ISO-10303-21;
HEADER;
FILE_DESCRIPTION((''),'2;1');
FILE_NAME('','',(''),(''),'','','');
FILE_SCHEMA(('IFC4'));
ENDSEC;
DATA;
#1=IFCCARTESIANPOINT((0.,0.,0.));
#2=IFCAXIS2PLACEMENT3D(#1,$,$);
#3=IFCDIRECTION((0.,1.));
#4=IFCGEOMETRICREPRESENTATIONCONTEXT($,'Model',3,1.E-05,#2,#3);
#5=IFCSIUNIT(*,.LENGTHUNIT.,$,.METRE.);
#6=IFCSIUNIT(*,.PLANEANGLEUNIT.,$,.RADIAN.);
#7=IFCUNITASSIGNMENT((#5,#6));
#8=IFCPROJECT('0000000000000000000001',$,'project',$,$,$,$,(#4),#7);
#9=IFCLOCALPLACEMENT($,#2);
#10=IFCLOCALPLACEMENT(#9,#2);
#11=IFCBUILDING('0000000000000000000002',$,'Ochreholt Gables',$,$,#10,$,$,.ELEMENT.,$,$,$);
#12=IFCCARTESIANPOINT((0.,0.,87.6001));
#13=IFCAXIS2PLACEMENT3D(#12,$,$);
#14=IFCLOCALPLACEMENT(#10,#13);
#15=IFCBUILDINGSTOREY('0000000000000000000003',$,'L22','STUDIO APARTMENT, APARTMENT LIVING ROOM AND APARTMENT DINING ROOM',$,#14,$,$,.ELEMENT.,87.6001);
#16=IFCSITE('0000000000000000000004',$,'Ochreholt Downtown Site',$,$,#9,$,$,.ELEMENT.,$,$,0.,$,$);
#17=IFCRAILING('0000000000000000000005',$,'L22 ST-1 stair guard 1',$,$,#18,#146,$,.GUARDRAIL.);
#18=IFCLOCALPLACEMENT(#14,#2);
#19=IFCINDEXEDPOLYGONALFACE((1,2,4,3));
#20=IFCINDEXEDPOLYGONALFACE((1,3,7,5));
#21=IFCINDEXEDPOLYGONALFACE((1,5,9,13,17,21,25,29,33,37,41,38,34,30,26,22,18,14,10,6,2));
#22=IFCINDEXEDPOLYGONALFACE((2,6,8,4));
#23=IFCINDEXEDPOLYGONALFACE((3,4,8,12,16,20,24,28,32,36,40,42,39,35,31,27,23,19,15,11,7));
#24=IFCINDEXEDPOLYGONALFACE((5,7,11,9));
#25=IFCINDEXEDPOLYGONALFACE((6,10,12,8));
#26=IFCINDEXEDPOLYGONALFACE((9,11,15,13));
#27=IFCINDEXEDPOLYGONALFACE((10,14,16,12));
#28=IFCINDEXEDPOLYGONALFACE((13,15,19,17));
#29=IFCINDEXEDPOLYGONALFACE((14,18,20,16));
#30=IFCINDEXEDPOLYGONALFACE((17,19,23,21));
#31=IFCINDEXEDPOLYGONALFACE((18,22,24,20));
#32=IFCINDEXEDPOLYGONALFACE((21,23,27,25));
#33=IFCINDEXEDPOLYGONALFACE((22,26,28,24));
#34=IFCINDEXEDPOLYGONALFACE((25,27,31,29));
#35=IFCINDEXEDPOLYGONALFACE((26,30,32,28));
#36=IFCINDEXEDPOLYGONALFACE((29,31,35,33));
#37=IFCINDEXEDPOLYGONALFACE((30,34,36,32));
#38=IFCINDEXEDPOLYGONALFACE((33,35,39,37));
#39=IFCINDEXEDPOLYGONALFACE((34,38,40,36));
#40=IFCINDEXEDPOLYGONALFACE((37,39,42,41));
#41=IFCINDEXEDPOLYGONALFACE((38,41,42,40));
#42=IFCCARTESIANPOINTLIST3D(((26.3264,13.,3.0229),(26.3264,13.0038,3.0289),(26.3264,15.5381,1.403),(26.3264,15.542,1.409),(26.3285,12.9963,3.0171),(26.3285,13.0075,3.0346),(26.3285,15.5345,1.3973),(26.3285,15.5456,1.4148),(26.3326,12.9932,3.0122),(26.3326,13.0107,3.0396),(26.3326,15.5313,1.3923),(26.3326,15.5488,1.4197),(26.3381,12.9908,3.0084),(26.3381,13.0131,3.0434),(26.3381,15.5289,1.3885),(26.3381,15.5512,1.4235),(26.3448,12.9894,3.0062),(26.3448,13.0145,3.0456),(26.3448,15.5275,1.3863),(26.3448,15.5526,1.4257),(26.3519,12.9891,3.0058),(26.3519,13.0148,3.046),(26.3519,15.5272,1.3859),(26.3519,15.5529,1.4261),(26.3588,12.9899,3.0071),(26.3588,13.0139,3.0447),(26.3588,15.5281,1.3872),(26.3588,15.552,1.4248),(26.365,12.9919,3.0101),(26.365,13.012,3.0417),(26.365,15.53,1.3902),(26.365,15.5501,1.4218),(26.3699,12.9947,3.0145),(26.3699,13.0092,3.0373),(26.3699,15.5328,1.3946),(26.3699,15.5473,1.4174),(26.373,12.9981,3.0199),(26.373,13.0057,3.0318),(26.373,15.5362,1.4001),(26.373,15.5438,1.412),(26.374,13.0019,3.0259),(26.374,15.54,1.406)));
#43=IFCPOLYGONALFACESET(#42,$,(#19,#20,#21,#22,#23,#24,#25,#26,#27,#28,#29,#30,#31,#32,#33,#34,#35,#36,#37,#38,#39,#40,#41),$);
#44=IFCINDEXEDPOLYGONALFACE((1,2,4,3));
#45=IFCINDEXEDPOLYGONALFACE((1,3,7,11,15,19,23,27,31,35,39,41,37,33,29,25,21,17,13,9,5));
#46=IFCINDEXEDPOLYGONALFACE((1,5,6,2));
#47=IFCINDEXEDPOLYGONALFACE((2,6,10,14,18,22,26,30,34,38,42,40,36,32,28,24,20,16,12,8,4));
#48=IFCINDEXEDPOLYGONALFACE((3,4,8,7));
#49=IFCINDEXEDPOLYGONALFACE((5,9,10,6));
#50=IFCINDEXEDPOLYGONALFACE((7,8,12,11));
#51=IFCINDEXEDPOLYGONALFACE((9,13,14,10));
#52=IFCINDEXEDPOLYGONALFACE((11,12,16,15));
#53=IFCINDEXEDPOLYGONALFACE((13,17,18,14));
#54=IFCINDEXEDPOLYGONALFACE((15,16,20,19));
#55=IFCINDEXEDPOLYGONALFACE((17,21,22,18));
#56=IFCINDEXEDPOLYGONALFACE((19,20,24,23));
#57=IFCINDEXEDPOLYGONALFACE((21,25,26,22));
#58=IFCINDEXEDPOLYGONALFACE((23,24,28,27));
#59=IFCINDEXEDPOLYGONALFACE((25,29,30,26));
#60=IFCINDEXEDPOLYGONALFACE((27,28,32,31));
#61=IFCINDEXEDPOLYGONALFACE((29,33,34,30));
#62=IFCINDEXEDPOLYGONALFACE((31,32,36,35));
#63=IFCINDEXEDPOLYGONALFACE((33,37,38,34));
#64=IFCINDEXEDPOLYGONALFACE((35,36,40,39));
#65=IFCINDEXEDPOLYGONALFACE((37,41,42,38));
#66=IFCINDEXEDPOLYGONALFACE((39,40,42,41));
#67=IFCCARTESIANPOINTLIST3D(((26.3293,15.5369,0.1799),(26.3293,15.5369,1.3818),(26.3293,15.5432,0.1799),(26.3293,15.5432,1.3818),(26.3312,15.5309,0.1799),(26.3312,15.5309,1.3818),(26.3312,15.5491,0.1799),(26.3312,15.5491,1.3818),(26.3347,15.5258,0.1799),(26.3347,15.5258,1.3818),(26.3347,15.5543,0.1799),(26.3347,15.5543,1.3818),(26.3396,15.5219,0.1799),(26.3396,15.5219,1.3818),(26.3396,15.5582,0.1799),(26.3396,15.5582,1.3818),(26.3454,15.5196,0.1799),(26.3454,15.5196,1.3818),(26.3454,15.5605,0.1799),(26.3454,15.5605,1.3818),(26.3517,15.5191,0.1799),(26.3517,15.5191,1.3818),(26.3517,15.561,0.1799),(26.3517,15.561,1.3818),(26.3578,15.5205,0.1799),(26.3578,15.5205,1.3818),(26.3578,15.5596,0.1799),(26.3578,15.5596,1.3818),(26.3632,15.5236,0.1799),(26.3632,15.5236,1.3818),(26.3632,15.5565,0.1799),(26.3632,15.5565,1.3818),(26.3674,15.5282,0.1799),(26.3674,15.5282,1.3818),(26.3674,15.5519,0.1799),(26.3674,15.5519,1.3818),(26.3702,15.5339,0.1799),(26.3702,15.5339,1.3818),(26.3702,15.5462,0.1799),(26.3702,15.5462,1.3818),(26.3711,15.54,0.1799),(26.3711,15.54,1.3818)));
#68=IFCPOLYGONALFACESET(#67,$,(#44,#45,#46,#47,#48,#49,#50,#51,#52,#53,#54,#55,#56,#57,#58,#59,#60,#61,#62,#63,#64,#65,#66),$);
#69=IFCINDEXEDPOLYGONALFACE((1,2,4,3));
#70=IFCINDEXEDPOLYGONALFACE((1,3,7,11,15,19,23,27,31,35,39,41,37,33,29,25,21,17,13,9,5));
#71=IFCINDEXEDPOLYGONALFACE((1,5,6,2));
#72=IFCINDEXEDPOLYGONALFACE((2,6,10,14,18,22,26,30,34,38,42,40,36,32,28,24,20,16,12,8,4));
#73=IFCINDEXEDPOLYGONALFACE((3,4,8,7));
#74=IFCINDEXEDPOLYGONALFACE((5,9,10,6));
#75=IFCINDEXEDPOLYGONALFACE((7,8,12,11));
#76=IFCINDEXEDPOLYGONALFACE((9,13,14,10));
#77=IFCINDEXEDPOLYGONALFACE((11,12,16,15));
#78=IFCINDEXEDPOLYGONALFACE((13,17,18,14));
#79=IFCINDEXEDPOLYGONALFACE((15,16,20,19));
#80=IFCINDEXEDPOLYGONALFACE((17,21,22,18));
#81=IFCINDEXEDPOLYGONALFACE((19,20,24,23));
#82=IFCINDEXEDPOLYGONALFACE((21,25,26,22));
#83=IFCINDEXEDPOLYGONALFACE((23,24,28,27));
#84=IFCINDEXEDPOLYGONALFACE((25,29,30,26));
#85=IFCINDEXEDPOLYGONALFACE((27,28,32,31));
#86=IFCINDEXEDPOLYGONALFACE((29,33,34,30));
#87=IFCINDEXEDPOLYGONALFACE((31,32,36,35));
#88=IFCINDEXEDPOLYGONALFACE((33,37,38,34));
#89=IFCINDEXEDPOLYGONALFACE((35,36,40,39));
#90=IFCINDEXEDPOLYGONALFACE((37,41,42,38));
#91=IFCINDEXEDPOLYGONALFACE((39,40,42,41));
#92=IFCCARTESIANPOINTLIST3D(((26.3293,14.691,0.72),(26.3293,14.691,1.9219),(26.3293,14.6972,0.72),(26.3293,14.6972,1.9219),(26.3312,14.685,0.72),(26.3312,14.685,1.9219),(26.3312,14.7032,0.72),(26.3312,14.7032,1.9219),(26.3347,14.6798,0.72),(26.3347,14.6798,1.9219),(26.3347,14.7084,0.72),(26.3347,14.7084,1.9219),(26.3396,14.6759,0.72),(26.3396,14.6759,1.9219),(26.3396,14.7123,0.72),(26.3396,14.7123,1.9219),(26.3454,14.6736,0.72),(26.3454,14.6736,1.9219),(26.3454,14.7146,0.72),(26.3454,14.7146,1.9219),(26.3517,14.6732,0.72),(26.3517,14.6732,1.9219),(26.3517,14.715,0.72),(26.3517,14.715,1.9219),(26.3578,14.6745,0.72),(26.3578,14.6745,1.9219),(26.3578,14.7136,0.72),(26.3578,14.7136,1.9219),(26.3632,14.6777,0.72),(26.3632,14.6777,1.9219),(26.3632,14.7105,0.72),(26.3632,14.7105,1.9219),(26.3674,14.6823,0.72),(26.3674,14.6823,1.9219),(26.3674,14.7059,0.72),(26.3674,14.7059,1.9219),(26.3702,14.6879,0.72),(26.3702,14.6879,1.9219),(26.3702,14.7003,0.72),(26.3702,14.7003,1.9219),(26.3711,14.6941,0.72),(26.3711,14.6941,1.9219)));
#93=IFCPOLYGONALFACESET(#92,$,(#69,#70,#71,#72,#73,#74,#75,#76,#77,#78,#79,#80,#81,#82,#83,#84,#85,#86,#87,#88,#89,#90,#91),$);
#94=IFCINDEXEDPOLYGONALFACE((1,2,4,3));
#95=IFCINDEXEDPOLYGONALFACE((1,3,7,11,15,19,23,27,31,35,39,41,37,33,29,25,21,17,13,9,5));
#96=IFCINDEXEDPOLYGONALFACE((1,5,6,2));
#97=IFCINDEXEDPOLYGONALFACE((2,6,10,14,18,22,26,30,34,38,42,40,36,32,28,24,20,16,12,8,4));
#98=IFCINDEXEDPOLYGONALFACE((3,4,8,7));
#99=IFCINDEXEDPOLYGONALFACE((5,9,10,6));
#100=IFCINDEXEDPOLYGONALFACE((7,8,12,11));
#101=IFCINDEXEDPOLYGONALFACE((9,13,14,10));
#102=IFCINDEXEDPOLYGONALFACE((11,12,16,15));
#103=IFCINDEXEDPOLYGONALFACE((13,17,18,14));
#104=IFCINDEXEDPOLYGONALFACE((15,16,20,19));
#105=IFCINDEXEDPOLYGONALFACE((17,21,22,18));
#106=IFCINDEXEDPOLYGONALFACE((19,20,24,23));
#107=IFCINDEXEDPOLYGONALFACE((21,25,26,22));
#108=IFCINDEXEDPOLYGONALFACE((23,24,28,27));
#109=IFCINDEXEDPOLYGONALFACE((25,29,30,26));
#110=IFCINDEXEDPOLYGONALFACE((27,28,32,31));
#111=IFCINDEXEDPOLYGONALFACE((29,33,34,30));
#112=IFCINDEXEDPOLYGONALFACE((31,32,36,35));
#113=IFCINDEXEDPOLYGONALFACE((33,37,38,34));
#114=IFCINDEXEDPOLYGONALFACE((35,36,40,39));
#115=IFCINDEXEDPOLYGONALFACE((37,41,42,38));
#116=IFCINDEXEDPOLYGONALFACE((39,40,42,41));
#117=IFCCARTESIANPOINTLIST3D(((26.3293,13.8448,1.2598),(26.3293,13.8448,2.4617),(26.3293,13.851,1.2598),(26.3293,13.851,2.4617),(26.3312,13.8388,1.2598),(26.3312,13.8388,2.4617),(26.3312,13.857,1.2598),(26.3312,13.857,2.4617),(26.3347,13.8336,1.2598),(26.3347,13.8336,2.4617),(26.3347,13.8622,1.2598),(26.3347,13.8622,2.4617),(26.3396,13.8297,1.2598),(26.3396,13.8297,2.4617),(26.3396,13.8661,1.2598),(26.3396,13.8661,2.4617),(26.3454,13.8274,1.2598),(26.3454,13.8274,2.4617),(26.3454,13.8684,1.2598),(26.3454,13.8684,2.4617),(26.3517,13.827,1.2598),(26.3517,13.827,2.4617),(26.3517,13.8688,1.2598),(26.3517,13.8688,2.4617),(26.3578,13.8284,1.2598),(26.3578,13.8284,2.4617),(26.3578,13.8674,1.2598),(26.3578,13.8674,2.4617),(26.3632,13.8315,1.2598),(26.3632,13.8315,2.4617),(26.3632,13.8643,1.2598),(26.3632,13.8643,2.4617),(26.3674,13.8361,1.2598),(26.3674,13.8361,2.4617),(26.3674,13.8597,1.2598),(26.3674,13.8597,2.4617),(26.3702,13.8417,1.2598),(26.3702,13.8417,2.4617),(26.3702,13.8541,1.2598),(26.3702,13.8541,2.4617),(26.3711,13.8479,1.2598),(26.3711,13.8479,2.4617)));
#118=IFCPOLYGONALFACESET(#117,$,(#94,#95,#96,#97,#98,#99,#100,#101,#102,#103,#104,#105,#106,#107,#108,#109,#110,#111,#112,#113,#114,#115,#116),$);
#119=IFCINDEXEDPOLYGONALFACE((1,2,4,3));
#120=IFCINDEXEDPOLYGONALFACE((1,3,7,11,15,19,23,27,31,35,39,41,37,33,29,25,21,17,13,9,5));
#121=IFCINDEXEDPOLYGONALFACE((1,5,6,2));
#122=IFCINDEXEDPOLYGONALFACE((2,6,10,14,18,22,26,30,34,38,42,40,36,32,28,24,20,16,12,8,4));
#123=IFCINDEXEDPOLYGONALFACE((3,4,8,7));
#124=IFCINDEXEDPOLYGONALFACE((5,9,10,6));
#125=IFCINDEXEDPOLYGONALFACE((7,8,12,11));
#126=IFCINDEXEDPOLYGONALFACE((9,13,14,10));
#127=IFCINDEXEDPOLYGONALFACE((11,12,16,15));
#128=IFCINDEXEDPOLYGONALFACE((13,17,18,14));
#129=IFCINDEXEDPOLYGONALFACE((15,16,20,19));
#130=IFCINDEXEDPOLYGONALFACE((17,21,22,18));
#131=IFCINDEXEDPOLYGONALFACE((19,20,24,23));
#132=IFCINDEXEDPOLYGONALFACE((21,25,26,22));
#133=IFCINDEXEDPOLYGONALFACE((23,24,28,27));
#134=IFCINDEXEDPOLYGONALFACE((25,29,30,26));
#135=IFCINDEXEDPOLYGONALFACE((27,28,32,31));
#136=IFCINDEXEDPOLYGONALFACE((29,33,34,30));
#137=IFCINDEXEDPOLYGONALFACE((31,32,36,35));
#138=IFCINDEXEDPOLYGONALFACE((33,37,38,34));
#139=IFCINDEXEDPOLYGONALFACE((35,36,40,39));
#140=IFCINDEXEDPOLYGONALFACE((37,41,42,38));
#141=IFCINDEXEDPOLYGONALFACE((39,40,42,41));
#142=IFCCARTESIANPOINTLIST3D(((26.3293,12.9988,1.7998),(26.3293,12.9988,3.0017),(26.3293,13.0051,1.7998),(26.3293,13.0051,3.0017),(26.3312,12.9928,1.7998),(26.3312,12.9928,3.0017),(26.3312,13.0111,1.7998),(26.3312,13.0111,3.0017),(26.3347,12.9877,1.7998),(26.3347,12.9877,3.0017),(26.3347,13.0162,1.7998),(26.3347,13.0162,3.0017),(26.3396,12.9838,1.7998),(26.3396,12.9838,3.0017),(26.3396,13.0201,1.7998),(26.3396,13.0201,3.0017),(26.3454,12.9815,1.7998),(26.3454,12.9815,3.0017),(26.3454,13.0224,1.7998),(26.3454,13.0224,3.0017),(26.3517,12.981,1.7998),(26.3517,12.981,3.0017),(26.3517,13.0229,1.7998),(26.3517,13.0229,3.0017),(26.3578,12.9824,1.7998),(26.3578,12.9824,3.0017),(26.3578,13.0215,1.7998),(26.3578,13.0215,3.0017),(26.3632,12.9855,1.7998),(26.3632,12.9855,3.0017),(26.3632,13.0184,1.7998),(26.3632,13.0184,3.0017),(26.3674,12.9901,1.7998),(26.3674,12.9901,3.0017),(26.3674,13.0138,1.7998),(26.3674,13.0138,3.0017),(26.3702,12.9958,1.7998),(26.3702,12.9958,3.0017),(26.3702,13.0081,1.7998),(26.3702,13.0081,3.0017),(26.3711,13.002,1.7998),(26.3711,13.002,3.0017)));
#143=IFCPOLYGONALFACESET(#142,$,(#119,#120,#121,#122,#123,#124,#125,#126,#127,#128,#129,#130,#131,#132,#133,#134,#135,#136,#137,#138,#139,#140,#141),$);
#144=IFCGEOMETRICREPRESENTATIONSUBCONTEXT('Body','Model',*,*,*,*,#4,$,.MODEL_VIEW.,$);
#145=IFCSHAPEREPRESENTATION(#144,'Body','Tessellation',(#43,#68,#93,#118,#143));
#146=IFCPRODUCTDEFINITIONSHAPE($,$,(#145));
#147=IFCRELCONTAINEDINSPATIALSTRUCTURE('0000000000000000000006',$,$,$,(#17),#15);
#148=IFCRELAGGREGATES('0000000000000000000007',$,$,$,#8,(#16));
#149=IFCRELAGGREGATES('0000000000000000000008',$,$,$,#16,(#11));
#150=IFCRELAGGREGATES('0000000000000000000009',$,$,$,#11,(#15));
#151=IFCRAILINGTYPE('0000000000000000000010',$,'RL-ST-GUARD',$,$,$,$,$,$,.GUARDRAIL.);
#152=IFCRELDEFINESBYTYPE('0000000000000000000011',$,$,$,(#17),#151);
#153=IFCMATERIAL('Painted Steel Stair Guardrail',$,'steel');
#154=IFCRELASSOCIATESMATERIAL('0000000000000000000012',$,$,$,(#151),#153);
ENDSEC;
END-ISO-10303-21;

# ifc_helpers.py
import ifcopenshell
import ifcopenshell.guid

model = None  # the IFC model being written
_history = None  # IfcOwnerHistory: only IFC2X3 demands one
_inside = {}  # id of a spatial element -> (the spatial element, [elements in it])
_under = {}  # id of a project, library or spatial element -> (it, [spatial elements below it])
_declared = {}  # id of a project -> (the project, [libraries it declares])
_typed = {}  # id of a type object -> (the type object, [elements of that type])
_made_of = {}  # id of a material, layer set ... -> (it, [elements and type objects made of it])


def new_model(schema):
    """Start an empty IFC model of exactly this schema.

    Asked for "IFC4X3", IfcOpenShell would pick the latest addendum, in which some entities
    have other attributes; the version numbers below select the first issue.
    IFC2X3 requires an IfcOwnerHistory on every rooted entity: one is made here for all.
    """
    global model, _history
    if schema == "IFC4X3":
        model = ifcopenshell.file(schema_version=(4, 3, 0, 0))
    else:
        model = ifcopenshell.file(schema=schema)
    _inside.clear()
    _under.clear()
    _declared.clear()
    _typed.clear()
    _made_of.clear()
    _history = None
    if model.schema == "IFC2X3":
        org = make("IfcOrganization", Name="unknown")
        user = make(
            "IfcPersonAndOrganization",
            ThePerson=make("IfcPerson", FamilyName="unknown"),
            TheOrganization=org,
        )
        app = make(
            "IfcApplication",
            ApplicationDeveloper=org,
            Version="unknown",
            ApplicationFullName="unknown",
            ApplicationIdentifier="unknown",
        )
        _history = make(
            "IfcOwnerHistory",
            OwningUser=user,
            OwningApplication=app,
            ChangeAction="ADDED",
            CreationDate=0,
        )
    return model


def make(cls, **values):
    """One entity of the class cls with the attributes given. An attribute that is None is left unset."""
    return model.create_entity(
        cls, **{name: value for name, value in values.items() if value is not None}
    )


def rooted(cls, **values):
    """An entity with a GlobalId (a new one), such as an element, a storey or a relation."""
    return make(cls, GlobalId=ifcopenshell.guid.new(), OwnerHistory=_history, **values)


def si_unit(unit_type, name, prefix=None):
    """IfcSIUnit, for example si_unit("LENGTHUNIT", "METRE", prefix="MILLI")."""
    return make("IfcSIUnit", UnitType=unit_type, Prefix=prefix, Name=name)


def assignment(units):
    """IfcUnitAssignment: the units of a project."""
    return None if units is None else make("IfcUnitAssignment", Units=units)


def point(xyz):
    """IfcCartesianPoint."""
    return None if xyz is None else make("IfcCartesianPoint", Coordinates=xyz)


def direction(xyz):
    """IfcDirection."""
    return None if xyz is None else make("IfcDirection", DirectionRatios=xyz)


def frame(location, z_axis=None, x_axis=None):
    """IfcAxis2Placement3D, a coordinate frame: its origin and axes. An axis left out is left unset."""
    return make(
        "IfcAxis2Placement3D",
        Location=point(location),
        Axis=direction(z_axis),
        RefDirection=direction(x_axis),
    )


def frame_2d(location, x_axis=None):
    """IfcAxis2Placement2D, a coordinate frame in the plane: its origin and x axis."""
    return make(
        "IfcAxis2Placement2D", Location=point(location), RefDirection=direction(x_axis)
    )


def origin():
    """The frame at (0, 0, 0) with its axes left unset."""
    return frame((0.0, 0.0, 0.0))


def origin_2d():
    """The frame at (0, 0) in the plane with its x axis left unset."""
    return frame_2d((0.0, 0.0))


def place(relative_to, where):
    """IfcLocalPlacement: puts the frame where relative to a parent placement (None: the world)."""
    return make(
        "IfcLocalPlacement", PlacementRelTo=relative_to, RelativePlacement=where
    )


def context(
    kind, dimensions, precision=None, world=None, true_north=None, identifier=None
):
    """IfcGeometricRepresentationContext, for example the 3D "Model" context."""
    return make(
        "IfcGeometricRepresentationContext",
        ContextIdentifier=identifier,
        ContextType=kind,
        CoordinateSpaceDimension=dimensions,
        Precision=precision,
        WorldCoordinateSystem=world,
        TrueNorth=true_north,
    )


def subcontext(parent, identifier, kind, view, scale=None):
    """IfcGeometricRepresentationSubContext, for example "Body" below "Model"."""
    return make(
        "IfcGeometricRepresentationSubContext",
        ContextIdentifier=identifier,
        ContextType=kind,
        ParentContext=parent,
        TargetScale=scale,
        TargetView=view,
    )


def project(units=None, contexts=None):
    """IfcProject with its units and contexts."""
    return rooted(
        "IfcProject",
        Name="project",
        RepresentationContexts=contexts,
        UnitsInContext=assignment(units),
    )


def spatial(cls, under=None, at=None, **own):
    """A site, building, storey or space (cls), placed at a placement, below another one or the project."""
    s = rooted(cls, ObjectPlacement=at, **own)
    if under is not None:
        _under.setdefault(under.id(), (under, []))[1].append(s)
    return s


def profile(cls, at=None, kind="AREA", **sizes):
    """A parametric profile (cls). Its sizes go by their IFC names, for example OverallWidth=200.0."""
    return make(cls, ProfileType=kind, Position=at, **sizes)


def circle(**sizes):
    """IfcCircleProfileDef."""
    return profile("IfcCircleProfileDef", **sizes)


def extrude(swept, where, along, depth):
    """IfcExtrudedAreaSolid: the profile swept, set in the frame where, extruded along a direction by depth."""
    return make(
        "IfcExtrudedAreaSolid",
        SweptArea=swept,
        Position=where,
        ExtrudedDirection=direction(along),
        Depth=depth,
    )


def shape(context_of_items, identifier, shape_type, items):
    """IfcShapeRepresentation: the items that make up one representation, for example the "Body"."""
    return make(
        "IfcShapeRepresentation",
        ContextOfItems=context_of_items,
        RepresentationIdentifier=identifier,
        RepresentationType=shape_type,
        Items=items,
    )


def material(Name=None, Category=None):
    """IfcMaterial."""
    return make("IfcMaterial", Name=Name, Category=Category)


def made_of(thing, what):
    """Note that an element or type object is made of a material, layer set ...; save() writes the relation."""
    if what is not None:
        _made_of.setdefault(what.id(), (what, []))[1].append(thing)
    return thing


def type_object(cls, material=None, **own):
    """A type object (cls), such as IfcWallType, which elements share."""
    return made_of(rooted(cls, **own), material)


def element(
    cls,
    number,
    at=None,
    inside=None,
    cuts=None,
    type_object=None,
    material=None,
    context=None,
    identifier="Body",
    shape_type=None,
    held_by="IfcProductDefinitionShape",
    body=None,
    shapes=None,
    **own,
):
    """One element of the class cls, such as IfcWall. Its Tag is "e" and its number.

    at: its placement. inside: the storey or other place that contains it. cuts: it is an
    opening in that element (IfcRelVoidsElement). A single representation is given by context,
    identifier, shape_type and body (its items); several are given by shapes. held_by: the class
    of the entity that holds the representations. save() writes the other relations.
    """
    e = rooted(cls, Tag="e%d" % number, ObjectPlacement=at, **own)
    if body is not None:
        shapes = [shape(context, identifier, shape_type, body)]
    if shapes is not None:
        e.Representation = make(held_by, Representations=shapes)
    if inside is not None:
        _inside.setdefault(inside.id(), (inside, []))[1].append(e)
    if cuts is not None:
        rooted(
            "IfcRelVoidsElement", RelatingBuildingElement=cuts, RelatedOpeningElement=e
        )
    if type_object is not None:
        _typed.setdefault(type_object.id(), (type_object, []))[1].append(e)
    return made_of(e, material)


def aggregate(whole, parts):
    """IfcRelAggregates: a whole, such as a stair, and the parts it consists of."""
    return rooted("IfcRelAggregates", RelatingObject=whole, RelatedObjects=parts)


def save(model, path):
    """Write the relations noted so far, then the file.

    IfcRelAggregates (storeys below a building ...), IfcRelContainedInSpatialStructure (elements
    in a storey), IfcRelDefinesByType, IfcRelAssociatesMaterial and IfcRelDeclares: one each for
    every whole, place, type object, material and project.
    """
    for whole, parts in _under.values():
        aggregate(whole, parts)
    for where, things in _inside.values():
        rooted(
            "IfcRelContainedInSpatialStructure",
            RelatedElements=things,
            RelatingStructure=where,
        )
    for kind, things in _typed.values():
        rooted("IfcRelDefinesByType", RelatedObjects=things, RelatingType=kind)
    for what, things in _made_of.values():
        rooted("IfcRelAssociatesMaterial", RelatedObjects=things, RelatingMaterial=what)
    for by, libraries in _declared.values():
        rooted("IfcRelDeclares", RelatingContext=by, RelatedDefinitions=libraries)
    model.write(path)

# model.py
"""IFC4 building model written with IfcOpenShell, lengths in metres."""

from ifc_helpers import new_model, si_unit, direction, frame, origin, origin_2d, place, context, subcontext, project, spatial, circle, extrude, material, type_object, element, save


model = new_model("IFC4")

# Units and contexts
model_context = context("Model", 3, precision=1e-05, world=origin(), true_north=direction((0.0, 1.0)))
body_context = subcontext(model_context, "Body", "Model", "MODEL_VIEW")
ifc_project = project(units=[si_unit("LENGTHUNIT", "METRE"), si_unit("PLANEANGLEUNIT", "RADIAN")], contexts=[model_context])

# Site, building, storey
site_placement = place(None, origin())
site = spatial("IfcSite", under=ifc_project, at=site_placement, Name="Ochreholt Downtown Site", CompositionType="ELEMENT", RefElevation=0.0)
building_placement = place(site_placement, origin())
building = spatial("IfcBuilding", under=site, at=building_placement, Name="Ochreholt Gables", CompositionType="ELEMENT")
storey_placement = place(building_placement, frame((0.0, 0.0, 87.6001)))
storey = spatial("IfcBuildingStorey", under=building, at=storey_placement, Name="L22", Description="STUDIO APARTMENT, APARTMENT LIVING ROOM AND APARTMENT DINING ROOM", CompositionType="ELEMENT", Elevation=87.6001)

# Railing
ifc_material_1 = material(Name="Painted Steel Stair Guardrail", Category="steel")
railing_type_1 = type_object("IfcRailingType", Name="RL-ST-GUARD", PredefinedType="GUARDRAIL", material=ifc_material_1)
railing_1_placement = place(storey_placement, frame((26.3501, 15.54, 0.1799)))
element("IfcRailing", 1, at=railing_1_placement, inside=storey, type_object=railing_type_1, Name="L22 ST-1 stair guard 1", PredefinedType="GUARDRAIL", context=body_context, shape_type="SweptSolid", body=[
    extrude(circle(Radius=0.0239, at=origin_2d()), frame((0.0, 0.0, 1.2261), z_axis=(0.0, -0.84295, 0.537993), x_axis=(1.0, 0.0, 0.0)), (0.0, 0.0, 1.0), 3.011),
    extrude(circle(Radius=0.021, at=origin_2d()), origin(), (0.0, 0.0, 1.0), 1.2019),
    extrude(circle(Radius=0.021, at=origin_2d()), frame((0.0, -0.8459, 0.54)), (0.0, 0.0, 1.0), 1.2019),
    extrude(circle(Radius=0.021, at=origin_2d()), frame((0.0, -1.6921, 1.0798)), (0.0, 0.0, 1.0), 1.2019),
    extrude(circle(Radius=0.021, at=origin_2d()), frame((0.0, -2.5381, 1.6199)), (0.0, 0.0, 1.0), 1.2019),
])

save(model, "model.ifc")
